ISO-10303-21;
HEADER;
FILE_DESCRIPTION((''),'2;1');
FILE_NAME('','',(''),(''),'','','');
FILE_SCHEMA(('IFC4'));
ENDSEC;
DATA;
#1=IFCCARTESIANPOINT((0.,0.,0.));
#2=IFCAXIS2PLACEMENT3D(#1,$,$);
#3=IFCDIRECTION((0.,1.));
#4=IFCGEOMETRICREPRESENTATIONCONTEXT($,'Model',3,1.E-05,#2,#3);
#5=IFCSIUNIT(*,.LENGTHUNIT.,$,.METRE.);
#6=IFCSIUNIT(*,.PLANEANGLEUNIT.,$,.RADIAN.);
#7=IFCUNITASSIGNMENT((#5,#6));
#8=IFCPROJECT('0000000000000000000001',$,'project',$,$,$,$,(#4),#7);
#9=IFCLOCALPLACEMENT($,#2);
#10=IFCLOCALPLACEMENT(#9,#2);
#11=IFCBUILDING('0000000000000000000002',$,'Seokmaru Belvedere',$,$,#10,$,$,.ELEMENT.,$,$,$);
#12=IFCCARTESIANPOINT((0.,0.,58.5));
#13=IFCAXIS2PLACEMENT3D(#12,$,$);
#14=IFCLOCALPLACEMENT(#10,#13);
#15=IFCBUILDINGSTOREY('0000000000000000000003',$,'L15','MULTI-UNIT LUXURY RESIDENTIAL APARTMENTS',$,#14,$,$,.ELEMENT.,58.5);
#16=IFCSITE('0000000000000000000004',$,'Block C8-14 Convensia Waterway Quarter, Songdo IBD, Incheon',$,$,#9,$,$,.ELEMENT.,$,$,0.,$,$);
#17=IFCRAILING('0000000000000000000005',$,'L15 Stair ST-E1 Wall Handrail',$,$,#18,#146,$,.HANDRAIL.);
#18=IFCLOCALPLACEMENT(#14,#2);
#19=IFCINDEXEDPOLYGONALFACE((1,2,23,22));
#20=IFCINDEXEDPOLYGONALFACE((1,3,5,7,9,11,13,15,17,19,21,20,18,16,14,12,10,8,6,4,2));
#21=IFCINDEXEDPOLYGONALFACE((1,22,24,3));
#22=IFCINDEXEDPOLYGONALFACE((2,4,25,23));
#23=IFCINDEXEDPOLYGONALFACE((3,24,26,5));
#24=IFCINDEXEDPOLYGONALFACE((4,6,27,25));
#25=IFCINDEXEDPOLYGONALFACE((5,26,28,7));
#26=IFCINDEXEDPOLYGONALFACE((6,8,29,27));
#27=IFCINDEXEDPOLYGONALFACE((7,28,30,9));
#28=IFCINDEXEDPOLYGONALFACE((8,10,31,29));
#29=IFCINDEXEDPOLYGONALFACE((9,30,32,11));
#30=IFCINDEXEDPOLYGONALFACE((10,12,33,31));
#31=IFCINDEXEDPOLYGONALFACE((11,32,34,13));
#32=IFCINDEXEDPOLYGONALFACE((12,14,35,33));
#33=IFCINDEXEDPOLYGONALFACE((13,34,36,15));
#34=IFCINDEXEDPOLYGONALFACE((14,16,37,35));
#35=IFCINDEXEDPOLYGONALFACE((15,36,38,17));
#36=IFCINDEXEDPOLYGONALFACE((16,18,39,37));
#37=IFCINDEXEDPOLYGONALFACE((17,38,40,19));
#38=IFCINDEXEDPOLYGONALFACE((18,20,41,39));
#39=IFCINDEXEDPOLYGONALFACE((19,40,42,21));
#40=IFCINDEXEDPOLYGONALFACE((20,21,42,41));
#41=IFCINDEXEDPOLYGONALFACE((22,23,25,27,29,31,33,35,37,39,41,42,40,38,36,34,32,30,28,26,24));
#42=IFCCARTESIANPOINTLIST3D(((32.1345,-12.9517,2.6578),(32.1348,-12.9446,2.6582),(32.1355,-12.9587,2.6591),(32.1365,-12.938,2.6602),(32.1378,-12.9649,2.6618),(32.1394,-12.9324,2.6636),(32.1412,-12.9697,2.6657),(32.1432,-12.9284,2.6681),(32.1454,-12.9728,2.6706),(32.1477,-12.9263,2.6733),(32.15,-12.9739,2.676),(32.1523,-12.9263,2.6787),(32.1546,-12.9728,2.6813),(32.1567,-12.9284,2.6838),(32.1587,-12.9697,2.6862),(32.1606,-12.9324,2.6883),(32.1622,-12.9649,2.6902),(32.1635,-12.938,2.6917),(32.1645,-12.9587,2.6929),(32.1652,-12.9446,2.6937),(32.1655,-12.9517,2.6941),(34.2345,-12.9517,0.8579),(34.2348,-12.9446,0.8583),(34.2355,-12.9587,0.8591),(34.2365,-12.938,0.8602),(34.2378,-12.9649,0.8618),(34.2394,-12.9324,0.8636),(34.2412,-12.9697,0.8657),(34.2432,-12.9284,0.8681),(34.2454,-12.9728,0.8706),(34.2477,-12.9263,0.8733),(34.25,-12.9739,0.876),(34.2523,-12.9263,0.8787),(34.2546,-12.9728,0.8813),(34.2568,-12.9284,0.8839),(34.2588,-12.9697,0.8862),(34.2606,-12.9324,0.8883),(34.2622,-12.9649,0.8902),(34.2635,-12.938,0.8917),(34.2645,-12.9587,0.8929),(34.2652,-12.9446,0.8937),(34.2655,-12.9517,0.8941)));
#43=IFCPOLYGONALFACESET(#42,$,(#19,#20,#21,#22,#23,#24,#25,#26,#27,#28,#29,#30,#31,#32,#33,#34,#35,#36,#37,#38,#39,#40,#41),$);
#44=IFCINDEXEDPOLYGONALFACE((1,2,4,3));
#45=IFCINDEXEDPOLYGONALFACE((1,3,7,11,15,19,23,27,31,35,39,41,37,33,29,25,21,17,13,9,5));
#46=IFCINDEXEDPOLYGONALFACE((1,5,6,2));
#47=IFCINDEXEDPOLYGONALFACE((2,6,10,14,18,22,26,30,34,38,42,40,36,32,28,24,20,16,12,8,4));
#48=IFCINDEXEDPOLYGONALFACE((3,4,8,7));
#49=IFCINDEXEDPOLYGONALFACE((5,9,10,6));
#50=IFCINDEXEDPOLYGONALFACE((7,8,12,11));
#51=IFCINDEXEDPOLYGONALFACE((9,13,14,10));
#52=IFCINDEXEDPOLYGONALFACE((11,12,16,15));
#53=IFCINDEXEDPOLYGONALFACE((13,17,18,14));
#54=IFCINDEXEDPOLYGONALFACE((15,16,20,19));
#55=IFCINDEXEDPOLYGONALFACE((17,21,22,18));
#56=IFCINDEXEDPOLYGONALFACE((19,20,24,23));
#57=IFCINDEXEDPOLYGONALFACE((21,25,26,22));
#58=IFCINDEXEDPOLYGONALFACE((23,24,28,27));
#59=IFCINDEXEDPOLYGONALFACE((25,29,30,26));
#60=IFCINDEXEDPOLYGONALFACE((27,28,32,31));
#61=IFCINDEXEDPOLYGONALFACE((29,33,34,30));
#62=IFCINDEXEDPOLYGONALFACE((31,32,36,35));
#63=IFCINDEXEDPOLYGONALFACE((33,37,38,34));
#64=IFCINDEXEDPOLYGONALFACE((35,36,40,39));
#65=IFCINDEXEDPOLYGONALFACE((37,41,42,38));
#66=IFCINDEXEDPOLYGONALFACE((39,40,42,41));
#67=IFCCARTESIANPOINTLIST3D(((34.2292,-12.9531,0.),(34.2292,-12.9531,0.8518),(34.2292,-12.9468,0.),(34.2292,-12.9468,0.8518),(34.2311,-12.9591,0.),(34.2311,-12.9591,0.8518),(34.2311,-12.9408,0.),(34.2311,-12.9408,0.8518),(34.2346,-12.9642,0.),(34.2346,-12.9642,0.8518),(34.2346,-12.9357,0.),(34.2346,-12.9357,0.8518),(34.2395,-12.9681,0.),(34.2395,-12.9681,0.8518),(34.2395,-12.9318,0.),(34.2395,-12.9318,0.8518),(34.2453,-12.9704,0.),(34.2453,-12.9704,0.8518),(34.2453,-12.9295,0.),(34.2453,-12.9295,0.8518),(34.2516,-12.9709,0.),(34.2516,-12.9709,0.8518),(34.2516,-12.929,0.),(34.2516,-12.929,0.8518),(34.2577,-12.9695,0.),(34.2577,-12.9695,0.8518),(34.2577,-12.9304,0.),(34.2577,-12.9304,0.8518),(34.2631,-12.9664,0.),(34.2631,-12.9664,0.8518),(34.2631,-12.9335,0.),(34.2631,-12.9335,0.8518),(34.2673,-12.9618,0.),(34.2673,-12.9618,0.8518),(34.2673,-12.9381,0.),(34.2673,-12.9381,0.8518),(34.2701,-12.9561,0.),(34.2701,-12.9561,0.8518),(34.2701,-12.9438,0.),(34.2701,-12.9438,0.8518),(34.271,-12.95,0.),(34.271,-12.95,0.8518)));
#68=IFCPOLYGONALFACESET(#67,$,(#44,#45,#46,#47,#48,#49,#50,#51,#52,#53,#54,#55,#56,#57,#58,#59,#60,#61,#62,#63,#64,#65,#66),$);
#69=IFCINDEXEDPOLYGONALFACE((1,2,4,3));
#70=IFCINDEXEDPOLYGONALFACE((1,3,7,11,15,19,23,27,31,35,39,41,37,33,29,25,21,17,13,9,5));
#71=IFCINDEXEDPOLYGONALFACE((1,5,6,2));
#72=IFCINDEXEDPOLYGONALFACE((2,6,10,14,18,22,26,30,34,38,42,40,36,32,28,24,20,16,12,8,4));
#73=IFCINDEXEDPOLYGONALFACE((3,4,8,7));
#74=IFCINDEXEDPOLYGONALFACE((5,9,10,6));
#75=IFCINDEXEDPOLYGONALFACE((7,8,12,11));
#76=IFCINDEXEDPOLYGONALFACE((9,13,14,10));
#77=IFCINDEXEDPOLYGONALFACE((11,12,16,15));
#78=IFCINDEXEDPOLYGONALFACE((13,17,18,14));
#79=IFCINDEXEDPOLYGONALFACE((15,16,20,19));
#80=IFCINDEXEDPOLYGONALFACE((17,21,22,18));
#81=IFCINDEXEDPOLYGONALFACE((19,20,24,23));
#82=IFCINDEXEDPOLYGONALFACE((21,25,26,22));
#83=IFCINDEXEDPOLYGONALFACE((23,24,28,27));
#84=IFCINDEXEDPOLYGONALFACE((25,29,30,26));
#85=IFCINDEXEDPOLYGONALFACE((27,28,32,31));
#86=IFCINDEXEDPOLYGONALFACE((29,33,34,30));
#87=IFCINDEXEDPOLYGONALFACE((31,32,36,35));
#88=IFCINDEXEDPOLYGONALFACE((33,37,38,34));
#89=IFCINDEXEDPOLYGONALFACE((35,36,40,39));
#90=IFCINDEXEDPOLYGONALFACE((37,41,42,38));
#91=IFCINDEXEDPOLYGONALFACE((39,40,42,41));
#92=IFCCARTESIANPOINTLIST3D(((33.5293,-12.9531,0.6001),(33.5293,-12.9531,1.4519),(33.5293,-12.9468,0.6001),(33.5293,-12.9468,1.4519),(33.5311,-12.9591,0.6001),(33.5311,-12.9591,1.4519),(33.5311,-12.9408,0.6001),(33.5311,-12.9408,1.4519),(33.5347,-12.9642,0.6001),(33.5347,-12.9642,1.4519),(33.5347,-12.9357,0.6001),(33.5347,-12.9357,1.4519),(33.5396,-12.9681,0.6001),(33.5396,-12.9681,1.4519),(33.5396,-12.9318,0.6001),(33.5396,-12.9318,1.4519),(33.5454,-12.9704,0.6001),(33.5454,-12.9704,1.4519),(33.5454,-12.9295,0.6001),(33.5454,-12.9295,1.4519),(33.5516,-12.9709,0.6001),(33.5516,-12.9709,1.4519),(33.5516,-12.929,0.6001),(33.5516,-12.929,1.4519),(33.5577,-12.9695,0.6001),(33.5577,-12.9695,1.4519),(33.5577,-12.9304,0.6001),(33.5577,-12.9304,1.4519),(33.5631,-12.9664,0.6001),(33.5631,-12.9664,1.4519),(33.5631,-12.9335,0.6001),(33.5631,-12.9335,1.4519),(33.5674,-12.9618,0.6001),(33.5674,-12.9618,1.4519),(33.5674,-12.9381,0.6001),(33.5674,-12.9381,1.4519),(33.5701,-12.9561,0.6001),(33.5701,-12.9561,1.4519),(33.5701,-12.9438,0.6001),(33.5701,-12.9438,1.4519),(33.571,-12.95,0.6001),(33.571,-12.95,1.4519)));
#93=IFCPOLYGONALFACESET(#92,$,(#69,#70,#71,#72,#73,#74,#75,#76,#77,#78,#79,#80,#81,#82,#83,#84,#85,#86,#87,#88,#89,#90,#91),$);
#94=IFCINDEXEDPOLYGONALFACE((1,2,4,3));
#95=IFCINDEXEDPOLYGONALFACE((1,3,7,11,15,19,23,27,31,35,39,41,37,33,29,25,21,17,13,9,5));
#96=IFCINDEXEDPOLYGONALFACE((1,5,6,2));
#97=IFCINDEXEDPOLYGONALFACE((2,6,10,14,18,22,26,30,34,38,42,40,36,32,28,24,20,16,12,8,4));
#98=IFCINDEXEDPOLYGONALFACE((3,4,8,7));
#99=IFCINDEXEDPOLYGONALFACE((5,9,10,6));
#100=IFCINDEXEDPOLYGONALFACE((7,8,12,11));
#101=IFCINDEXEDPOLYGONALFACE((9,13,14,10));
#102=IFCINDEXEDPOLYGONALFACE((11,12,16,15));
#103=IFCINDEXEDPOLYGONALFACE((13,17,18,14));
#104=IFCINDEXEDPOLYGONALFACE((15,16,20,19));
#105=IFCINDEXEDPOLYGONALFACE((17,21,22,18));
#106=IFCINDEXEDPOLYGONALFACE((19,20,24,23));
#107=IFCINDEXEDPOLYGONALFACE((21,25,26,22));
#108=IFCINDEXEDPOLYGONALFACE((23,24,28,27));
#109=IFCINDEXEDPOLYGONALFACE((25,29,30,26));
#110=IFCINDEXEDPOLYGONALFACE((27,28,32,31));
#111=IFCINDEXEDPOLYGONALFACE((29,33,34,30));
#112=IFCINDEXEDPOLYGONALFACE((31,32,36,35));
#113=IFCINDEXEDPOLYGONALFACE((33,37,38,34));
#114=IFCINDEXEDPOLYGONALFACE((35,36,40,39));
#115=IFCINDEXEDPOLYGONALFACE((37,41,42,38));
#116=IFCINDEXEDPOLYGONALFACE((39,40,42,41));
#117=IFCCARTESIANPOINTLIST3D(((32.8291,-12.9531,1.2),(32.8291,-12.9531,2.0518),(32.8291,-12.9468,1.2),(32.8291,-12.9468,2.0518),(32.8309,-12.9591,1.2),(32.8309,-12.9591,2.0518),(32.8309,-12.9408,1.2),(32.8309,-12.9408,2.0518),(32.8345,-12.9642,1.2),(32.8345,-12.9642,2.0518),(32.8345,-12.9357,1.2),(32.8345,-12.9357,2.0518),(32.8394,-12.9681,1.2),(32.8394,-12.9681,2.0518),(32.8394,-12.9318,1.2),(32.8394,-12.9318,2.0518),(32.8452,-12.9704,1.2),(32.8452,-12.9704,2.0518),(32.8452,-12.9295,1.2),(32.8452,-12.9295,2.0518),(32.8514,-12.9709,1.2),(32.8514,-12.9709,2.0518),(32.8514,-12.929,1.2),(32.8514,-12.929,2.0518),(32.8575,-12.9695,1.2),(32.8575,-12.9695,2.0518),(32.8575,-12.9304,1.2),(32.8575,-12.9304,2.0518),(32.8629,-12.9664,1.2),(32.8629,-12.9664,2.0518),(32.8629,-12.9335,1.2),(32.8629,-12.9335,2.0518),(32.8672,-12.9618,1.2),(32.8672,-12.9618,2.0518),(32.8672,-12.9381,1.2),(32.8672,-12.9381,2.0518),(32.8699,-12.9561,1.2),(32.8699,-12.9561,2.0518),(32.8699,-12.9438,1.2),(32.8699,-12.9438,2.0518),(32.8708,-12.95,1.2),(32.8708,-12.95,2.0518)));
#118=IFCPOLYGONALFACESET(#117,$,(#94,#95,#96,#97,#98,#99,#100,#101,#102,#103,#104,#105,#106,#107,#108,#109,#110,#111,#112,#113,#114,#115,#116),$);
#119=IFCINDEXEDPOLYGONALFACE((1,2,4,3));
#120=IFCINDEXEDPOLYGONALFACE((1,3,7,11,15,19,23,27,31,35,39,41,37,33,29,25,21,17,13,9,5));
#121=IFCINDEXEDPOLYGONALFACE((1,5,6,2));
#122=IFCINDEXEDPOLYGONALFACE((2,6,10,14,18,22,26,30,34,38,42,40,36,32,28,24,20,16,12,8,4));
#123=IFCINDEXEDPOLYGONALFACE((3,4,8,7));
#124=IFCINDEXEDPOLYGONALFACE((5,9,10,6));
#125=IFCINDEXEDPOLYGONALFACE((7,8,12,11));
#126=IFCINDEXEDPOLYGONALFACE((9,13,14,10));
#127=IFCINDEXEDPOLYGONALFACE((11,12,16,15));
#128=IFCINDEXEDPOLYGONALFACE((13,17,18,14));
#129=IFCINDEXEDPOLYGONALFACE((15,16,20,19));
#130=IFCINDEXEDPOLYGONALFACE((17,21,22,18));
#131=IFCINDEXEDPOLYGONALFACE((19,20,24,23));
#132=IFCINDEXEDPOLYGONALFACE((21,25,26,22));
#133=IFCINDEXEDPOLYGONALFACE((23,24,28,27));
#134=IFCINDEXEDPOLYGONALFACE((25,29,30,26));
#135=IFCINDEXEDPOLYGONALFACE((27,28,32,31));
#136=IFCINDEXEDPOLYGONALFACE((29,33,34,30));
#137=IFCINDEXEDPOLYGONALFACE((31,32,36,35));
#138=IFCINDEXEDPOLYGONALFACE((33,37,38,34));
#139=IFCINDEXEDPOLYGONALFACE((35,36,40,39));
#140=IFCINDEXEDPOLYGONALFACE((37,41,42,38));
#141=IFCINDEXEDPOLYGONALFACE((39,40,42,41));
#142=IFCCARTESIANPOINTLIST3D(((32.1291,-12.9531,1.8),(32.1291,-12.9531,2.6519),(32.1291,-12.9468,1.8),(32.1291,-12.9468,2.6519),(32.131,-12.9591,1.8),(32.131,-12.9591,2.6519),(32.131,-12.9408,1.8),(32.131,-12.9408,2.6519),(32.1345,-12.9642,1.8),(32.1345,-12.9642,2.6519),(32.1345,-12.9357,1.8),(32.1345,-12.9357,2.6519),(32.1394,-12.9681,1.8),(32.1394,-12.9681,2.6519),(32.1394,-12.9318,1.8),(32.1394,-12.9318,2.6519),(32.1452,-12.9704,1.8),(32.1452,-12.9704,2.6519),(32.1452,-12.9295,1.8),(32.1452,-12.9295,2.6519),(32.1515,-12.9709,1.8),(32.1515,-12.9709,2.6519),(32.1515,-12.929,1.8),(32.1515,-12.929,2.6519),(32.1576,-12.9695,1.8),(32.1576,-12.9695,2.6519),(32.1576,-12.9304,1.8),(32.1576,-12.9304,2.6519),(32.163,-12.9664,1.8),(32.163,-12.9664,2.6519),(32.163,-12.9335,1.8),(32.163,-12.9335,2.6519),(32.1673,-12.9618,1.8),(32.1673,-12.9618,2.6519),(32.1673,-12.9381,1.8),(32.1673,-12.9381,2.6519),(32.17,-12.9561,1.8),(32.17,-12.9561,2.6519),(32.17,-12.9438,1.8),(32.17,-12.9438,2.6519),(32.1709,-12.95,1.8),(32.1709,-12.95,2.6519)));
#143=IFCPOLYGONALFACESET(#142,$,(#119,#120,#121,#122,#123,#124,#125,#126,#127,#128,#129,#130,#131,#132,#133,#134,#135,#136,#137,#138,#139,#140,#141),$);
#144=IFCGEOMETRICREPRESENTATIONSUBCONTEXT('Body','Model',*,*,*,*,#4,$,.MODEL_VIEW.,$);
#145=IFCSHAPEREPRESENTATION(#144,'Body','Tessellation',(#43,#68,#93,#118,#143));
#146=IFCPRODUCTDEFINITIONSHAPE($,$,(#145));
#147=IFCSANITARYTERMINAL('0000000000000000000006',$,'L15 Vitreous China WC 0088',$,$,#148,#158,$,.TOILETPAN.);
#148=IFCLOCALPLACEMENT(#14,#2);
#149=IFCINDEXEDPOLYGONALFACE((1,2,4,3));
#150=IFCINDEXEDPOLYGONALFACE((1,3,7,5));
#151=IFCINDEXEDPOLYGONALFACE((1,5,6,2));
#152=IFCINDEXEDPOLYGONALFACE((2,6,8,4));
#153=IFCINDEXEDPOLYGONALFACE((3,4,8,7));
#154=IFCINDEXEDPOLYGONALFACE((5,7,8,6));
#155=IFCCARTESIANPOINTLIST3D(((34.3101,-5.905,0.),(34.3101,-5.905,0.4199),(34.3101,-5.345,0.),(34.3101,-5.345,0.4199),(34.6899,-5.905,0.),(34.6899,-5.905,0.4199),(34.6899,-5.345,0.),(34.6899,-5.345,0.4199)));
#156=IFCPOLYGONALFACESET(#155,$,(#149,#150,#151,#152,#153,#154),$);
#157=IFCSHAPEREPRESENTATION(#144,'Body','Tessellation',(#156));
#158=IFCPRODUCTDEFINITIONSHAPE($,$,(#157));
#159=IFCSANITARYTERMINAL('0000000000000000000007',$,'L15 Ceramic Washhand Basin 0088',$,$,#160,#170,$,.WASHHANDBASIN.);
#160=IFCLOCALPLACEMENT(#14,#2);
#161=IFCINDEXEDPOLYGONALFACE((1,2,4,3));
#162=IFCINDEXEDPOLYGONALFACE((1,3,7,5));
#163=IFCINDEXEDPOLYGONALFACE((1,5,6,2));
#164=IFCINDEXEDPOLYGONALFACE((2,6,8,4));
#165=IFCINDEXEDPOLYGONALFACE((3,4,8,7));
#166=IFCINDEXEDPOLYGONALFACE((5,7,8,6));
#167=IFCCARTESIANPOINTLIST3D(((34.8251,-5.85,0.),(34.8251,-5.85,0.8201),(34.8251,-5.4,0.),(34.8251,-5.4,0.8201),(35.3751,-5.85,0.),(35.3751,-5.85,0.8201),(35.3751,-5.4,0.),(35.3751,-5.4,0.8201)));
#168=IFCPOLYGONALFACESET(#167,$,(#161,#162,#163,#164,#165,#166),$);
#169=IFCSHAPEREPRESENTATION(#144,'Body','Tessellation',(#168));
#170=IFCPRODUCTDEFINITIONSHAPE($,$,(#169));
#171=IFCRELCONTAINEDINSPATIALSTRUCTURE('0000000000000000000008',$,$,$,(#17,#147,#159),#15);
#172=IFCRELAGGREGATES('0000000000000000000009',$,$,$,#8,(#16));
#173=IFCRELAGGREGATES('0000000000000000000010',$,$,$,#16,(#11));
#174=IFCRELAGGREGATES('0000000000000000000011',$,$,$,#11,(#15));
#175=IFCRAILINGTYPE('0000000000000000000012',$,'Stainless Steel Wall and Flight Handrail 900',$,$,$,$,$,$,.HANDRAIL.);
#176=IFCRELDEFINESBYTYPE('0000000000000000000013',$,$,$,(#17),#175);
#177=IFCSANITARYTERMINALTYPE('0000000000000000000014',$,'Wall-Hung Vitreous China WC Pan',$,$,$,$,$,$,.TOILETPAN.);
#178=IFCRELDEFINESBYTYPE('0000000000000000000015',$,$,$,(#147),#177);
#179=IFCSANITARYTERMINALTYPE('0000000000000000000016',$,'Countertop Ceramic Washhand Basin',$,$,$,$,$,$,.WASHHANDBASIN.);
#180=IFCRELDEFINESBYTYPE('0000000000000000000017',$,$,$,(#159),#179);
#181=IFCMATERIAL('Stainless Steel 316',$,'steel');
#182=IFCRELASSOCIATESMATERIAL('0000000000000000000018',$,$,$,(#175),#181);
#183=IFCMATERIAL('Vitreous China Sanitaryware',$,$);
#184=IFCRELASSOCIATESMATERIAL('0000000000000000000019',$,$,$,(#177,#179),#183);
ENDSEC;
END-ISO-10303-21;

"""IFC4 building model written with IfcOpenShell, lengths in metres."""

from ifc_helpers import new_model, si_unit, direction, frame, origin, origin_2d, place, context, subcontext, project, spatial, rectangle, circle, extrude, source, transform, mapped, material, type_object, type_shapes, element, save


model = new_model("IFC4")

# Units and contexts
model_context = context("Model", 3, precision=1e-05, world=origin(), true_north=direction((0.0, 1.0)))
body_context = subcontext(model_context, "Body", "Model", "MODEL_VIEW")
ifc_project = project(units=[si_unit("LENGTHUNIT", "METRE"), si_unit("PLANEANGLEUNIT", "RADIAN")], contexts=[model_context])

# Site, building, storey
site_placement = place(None, origin())
site = spatial("IfcSite", under=ifc_project, at=site_placement, Name="Block C8-14 Convensia Waterway Quarter, Songdo IBD, Incheon", CompositionType="ELEMENT", RefElevation=0.0)
building_placement = place(site_placement, origin())
building = spatial("IfcBuilding", under=site, at=building_placement, Name="Seokmaru Belvedere", CompositionType="ELEMENT")
storey_placement = place(building_placement, frame((0.0, 0.0, 58.5)))
storey = spatial("IfcBuildingStorey", under=building, at=storey_placement, Name="L15", Description="MULTI-UNIT LUXURY RESIDENTIAL APARTMENTS", CompositionType="ELEMENT", Elevation=58.5)

# Shared definitions
ifc_material_1 = material(Name="Stainless Steel 316", Category="steel")

# Railing
railing_type_1 = type_object("IfcRailingType", Name="Stainless Steel Wall and Flight Handrail 900", PredefinedType="HANDRAIL", material=ifc_material_1)
railing_1_placement = place(storey_placement, frame((34.25, -12.95, 0.0)))
element("IfcRailing", 1, at=railing_1_placement, inside=storey, type_object=railing_type_1, Name="L15 Stair ST-E1 Wall Handrail", PredefinedType="HANDRAIL", context=body_context, shape_type="SweptSolid", body=[
    extrude(circle(Radius=0.0239, at=origin_2d()), frame((0.0, 0.0, 0.876), z_axis=(-0.759263, 0.0, 0.650784), x_axis=(0.0, -1.0, 0.0)), (0.0, 0.0, 1.0), 2.7659),
    extrude(circle(Radius=0.021, at=origin_2d()), origin(), (0.0, 0.0, 1.0), 0.8518),
    extrude(circle(Radius=0.021, at=origin_2d()), frame((-0.7, 0.0, 0.6001)), (0.0, 0.0, 1.0), 0.8518),
    extrude(circle(Radius=0.021, at=origin_2d()), frame((-1.4001, 0.0, 1.2)), (0.0, 0.0, 1.0), 0.8518),
    extrude(circle(Radius=0.021, at=origin_2d()), frame((-2.1001, 0.0, 1.8)), (0.0, 0.0, 1.0), 0.8518),
])

# Sanitary terminals
ifc_material_2 = material(Name="Vitreous China Sanitaryware")
sanitary_terminal_type_1 = type_object("IfcSanitaryTerminalType", Name="Wall-Hung Vitreous China WC Pan", PredefinedType="TOILETPAN", material=ifc_material_2)
shared_shape_1 = source(origin(), body_context, "Body", "SweptSolid", [
    extrude(rectangle(XDim=0.3799, YDim=0.5601, at=origin_2d()), origin(), (0.0, 0.0, 1.0), 0.4199),
])
type_shapes(sanitary_terminal_type_1, [shared_shape_1])
sanitary_terminal_1_placement = place(storey_placement, frame((34.5, -5.625, 0.0), z_axis=(0.0, 0.0, 1.0), x_axis=(1.0, 0.0, 0.0)))
element("IfcSanitaryTerminal", 2, at=sanitary_terminal_1_placement, inside=storey, type_object=sanitary_terminal_type_1, Name="L15 Vitreous China WC 0088", PredefinedType="TOILETPAN", context=body_context, shape_type="MappedRepresentation", body=[
    mapped(shared_shape_1, transform((0.0, 0.0, 0.0), scale=1.0)),
])
sanitary_terminal_type_2 = type_object("IfcSanitaryTerminalType", Name="Countertop Ceramic Washhand Basin", PredefinedType="WASHHANDBASIN", material=ifc_material_2)
shared_shape_2 = source(origin(), body_context, "Body", "SweptSolid", [
    extrude(rectangle(XDim=0.55, YDim=0.45, at=origin_2d()), origin(), (0.0, 0.0, 1.0), 0.8201),
])
type_shapes(sanitary_terminal_type_2, [shared_shape_2])
sanitary_terminal_2_placement = place(storey_placement, frame((35.1001, -5.625, 0.0), z_axis=(0.0, 0.0, 1.0), x_axis=(1.0, 0.0, 0.0)))
element("IfcSanitaryTerminal", 3, at=sanitary_terminal_2_placement, inside=storey, type_object=sanitary_terminal_type_2, Name="L15 Ceramic Washhand Basin 0088", PredefinedType="WASHHANDBASIN", context=body_context, shape_type="MappedRepresentation", body=[
    mapped(shared_shape_2, transform((0.0, 0.0, 0.0), scale=1.0)),
])

save(model, "model.ifc")
